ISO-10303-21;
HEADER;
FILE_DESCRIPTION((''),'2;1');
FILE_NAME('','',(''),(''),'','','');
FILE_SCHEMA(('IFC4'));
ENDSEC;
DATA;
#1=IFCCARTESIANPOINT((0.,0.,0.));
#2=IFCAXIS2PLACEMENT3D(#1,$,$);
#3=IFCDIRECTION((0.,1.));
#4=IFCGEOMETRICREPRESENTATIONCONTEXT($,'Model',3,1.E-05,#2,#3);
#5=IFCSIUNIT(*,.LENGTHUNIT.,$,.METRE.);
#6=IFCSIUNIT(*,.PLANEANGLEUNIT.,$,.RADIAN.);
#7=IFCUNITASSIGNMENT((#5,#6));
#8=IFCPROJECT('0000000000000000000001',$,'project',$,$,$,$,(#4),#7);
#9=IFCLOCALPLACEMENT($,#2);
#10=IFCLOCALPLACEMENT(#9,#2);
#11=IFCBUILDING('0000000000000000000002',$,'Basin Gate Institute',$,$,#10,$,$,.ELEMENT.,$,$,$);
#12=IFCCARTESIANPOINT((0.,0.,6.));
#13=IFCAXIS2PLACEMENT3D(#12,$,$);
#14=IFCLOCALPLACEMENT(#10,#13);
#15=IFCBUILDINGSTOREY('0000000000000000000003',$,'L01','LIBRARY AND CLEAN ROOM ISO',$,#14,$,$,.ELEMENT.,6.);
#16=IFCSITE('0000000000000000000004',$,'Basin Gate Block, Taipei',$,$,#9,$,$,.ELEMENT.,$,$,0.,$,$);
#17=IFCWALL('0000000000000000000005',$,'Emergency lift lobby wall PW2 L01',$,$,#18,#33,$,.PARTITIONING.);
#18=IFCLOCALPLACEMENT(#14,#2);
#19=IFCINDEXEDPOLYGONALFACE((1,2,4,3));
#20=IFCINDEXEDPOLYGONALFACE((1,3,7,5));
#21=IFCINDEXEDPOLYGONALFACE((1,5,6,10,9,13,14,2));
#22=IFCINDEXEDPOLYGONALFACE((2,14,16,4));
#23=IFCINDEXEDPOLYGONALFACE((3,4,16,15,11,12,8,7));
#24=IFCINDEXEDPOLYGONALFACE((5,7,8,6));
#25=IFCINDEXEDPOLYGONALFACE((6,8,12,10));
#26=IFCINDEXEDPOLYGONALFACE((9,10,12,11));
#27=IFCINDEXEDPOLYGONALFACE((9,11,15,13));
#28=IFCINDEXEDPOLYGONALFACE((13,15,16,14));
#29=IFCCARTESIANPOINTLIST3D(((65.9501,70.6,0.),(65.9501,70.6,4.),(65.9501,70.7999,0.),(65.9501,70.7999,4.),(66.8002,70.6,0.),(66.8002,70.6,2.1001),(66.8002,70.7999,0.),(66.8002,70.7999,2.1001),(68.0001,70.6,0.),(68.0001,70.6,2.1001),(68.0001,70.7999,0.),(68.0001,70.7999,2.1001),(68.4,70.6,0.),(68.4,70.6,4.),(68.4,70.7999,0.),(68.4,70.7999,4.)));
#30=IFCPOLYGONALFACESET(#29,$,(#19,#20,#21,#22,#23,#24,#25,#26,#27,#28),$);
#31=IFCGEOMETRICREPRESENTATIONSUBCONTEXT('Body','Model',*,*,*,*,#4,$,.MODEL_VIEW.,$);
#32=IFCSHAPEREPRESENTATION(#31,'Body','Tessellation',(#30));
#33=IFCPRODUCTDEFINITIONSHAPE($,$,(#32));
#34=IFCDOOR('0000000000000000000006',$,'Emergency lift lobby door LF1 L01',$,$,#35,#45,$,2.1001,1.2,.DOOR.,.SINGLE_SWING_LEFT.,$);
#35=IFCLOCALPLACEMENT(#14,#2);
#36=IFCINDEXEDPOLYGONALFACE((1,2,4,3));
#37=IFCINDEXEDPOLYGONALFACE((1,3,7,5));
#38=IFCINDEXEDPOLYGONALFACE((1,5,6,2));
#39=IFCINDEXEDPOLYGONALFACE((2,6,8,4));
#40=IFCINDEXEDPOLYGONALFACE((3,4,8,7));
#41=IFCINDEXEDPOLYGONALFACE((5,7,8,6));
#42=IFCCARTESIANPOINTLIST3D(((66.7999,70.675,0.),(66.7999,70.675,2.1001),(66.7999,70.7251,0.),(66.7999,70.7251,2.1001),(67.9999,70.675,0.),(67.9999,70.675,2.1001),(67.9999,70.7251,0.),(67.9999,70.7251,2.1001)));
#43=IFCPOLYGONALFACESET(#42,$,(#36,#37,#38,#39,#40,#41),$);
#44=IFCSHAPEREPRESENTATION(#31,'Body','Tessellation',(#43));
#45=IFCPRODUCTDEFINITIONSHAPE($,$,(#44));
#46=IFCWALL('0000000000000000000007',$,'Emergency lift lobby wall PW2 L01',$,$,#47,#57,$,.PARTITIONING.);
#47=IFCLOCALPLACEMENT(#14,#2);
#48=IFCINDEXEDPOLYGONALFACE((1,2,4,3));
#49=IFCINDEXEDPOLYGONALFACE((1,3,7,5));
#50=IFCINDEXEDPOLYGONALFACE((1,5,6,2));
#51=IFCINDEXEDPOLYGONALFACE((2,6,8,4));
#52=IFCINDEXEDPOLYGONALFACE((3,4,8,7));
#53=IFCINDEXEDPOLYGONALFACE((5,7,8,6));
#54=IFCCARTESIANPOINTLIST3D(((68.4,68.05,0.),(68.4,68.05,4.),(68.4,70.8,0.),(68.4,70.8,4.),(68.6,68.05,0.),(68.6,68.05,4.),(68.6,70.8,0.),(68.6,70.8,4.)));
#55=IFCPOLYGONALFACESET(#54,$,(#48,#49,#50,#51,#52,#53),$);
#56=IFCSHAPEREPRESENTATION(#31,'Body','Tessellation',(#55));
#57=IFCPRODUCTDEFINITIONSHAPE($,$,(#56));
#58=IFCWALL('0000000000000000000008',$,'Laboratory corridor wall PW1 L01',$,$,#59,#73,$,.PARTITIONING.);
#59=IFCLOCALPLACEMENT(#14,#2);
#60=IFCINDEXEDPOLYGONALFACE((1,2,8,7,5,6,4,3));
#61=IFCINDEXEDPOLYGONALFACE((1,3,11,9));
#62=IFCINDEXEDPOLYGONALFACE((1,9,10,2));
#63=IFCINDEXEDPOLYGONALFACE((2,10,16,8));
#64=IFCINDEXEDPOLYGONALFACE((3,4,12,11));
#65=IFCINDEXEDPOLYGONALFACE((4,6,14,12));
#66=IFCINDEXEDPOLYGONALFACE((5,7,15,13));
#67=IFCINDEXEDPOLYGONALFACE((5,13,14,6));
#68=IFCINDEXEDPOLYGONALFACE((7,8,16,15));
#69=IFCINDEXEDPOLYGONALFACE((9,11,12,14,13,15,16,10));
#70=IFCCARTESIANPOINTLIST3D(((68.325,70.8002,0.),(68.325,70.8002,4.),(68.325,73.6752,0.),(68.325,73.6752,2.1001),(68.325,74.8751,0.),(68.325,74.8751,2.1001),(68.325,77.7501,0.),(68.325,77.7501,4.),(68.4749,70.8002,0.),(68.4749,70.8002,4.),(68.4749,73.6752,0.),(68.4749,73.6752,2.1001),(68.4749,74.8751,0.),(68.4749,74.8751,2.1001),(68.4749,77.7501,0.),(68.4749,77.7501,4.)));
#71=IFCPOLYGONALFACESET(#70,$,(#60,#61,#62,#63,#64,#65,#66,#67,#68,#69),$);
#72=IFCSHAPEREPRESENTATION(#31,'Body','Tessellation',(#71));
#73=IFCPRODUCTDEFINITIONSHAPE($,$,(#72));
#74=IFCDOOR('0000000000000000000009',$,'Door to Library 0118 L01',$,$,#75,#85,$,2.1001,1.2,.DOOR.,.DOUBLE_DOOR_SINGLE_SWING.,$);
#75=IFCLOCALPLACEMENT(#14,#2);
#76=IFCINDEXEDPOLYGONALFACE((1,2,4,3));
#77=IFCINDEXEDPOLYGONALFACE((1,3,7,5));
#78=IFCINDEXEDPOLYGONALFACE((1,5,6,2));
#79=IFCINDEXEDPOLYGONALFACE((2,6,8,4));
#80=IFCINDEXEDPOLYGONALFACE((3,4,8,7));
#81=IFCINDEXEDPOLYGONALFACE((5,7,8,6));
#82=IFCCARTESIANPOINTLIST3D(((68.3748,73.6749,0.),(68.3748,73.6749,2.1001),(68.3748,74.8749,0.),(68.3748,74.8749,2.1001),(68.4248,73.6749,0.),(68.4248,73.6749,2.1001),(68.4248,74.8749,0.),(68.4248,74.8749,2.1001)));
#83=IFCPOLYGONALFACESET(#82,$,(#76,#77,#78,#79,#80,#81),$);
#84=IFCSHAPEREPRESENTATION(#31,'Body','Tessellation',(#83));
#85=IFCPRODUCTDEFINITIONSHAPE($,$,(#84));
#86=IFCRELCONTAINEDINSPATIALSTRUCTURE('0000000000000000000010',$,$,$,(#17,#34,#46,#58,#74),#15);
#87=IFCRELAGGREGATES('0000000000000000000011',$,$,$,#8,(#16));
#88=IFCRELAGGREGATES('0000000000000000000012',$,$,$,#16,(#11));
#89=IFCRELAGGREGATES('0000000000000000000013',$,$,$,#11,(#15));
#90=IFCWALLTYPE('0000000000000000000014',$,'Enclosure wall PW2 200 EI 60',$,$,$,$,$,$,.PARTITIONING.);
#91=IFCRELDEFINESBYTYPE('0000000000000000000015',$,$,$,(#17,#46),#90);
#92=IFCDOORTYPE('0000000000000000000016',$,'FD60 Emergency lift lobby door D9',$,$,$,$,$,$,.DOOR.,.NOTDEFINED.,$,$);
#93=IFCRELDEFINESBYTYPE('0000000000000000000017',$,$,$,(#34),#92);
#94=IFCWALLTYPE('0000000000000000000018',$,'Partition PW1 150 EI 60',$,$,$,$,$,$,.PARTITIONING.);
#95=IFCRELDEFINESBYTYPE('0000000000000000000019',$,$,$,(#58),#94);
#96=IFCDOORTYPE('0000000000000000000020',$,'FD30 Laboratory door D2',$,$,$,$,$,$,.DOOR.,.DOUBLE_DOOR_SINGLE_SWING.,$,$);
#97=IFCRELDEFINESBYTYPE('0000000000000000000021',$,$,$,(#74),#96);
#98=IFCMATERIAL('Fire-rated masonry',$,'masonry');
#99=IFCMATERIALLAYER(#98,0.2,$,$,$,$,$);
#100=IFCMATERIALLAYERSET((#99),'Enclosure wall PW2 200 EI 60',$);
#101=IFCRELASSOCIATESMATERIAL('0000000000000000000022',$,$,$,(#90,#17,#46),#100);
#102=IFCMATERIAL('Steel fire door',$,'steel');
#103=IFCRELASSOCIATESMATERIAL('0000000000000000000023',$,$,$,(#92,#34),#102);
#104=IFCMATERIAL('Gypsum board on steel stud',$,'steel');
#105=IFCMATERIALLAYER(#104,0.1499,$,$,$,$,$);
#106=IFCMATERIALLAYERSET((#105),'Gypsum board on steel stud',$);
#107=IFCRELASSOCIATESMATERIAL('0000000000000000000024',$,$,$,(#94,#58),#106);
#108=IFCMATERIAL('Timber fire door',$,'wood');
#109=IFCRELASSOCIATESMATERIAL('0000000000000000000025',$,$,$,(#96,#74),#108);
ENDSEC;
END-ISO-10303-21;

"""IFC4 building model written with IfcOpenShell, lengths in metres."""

from ifc_helpers import new_model, si_unit, direction, frame, frame_2d, origin, place, context, subcontext, project, spatial, rectangle, extrude, material, layer, layer_set, type_object, element, fill, save


model = new_model("IFC4")

# Units and contexts
model_context = context("Model", 3, precision=1e-05, world=origin(), true_north=direction((0.0, 1.0)))
body_context = subcontext(model_context, "Body", "Model", "MODEL_VIEW")
ifc_project = project(units=[si_unit("LENGTHUNIT", "METRE"), si_unit("PLANEANGLEUNIT", "RADIAN")], contexts=[model_context])

# Site, building, storey
site_placement = place(None, origin())
site = spatial("IfcSite", under=ifc_project, at=site_placement, Name="Basin Gate Block, Taipei", CompositionType="ELEMENT", RefElevation=0.0)
building_placement = place(site_placement, origin())
building = spatial("IfcBuilding", under=site, at=building_placement, Name="Basin Gate Institute", CompositionType="ELEMENT")
storey_placement = place(building_placement, frame((0.0, 0.0, 6.0)))
storey = spatial("IfcBuildingStorey", under=building, at=storey_placement, Name="L01", Description="LIBRARY AND CLEAN ROOM ISO", CompositionType="ELEMENT", Elevation=6.0)

# Wall, opening, door
ifc_material_1 = material(Name="Fire-rated masonry", Category="masonry")
ifc_layer_1 = layer(ifc_material_1, 0.2)
ifc_layer_set_1 = layer_set([ifc_layer_1], Name="Enclosure wall PW2 200 EI 60")
wall_type_1 = type_object("IfcWallType", Name="Enclosure wall PW2 200 EI 60", PredefinedType="PARTITIONING", material=ifc_layer_set_1)
wall_1_placement = place(storey_placement, frame((65.95, 70.7, 0.0), z_axis=(0.0, 0.0, 1.0), x_axis=(1.0, 0.0, 0.0)))
wall_1 = element("IfcWall", 1, at=wall_1_placement, inside=storey, type_object=wall_type_1, material=ifc_layer_set_1, Name="Emergency lift lobby wall PW2 L01", PredefinedType="PARTITIONING", context=body_context, shape_type="SweptSolid", body=[
    extrude(rectangle(XDim=2.45, YDim=0.2, at=frame_2d((1.2251, 0.0))), origin(), (0.0, 0.0, 1.0), 4.0),
])
opening_1_placement = place(wall_1_placement, frame((0.8501, 0.0, 0.0)))
opening_1 = element("IfcOpeningElement", 2, at=opening_1_placement, cuts=wall_1, PredefinedType="OPENING", context=body_context, shape_type="SweptSolid", body=[
    extrude(rectangle(XDim=1.2, YDim=2.1001, at=frame_2d((0.6001, 1.05))), frame((0.0, 0.1099, 0.0), z_axis=(0.0, -1.0, 0.0), x_axis=(1.0, 0.0, 0.0)), (0.0, 0.0, 1.0), 0.22),
])
ifc_material_2 = material(Name="Steel fire door", Category="steel")
door_type_1 = type_object("IfcDoorType", Name="FD60 Emergency lift lobby door D9", OperationType="NOTDEFINED", PredefinedType="DOOR", material=ifc_material_2)
door_1_placement = place(opening_1_placement, frame((1.2, 0.0, 0.0), z_axis=(0.0, 0.0, 1.0), x_axis=(-1.0, 0.0, 0.0)))
door_1 = element("IfcDoor", 3, at=door_1_placement, inside=storey, type_object=door_type_1, material=ifc_material_2, Name="Emergency lift lobby door LF1 L01", OperationType="SINGLE_SWING_LEFT", OverallHeight=2.1001, OverallWidth=1.2, PredefinedType="DOOR", context=body_context, shape_type="SweptSolid", body=[
    extrude(rectangle(XDim=1.2, YDim=2.1001, at=frame_2d((0.6001, 1.05))), frame((0.0, 0.0249, 0.0), z_axis=(0.0, -1.0, 0.0), x_axis=(1.0, 0.0, 0.0)), (0.0, 0.0, 1.0), 0.05),
])
fill(opening_1, door_1)

# Wall
wall_2_placement = place(storey_placement, frame((68.5, 68.05, 0.0), z_axis=(0.0, 0.0, 1.0), x_axis=(0.0, 1.0, 0.0)))
element("IfcWall", 4, at=wall_2_placement, inside=storey, type_object=wall_type_1, material=ifc_layer_set_1, Name="Emergency lift lobby wall PW2 L01", PredefinedType="PARTITIONING", context=body_context, shape_type="SweptSolid", body=[
    extrude(rectangle(XDim=2.75, YDim=0.2, at=frame_2d((1.375, 0.0))), origin(), (0.0, 0.0, 1.0), 4.0),
])

# Wall, opening, door
ifc_material_3 = material(Name="Gypsum board on steel stud", Category="steel")
ifc_layer_2 = layer(ifc_material_3, 0.1499)
ifc_layer_set_2 = layer_set([ifc_layer_2], Name="Gypsum board on steel stud")
wall_type_2 = type_object("IfcWallType", Name="Partition PW1 150 EI 60", PredefinedType="PARTITIONING", material=ifc_layer_set_2)
wall_3_placement = place(storey_placement, frame((68.3999, 70.8, 0.0), z_axis=(0.0, 0.0, 1.0), x_axis=(0.0, 1.0, 0.0)))
wall_3 = element("IfcWall", 5, at=wall_3_placement, inside=storey, type_object=wall_type_2, material=ifc_layer_set_2, Name="Laboratory corridor wall PW1 L01", PredefinedType="PARTITIONING", context=body_context, shape_type="SweptSolid", body=[
    extrude(rectangle(XDim=6.95, YDim=0.1499, at=frame_2d((3.4751, 0.0))), origin(), (0.0, 0.0, 1.0), 4.0),
])
opening_2_placement = place(wall_3_placement, frame((2.875, 0.0, 0.0)))
opening_2 = element("IfcOpeningElement", 6, at=opening_2_placement, cuts=wall_3, PredefinedType="OPENING", context=body_context, shape_type="SweptSolid", body=[
    extrude(rectangle(XDim=1.2, YDim=2.1001, at=frame_2d((0.6001, 1.05))), frame((0.0, 0.085, 0.0), z_axis=(0.0, -1.0, 0.0), x_axis=(1.0, 0.0, 0.0)), (0.0, 0.0, 1.0), 0.1699),
])
ifc_material_4 = material(Name="Timber fire door", Category="wood")
door_type_2 = type_object("IfcDoorType", Name="FD30 Laboratory door D2", OperationType="DOUBLE_DOOR_SINGLE_SWING", PredefinedType="DOOR", material=ifc_material_4)
door_2_placement = place(opening_2_placement, frame((1.2, 0.0, 0.0), z_axis=(0.0, 0.0, 1.0), x_axis=(-1.0, 0.0, 0.0)))
door_2 = element("IfcDoor", 7, at=door_2_placement, inside=storey, type_object=door_type_2, material=ifc_material_4, Name="Door to Library 0118 L01", OperationType="DOUBLE_DOOR_SINGLE_SWING", OverallHeight=2.1001, OverallWidth=1.2, PredefinedType="DOOR", context=body_context, shape_type="SweptSolid", body=[
    extrude(rectangle(XDim=1.2, YDim=2.1001, at=frame_2d((0.6001, 1.05))), frame((0.0, 0.0249, 0.0), z_axis=(0.0, -1.0, 0.0), x_axis=(1.0, 0.0, 0.0)), (0.0, 0.0, 1.0), 0.05),
])
fill(opening_2, door_2)

save(model, "model.ifc")
